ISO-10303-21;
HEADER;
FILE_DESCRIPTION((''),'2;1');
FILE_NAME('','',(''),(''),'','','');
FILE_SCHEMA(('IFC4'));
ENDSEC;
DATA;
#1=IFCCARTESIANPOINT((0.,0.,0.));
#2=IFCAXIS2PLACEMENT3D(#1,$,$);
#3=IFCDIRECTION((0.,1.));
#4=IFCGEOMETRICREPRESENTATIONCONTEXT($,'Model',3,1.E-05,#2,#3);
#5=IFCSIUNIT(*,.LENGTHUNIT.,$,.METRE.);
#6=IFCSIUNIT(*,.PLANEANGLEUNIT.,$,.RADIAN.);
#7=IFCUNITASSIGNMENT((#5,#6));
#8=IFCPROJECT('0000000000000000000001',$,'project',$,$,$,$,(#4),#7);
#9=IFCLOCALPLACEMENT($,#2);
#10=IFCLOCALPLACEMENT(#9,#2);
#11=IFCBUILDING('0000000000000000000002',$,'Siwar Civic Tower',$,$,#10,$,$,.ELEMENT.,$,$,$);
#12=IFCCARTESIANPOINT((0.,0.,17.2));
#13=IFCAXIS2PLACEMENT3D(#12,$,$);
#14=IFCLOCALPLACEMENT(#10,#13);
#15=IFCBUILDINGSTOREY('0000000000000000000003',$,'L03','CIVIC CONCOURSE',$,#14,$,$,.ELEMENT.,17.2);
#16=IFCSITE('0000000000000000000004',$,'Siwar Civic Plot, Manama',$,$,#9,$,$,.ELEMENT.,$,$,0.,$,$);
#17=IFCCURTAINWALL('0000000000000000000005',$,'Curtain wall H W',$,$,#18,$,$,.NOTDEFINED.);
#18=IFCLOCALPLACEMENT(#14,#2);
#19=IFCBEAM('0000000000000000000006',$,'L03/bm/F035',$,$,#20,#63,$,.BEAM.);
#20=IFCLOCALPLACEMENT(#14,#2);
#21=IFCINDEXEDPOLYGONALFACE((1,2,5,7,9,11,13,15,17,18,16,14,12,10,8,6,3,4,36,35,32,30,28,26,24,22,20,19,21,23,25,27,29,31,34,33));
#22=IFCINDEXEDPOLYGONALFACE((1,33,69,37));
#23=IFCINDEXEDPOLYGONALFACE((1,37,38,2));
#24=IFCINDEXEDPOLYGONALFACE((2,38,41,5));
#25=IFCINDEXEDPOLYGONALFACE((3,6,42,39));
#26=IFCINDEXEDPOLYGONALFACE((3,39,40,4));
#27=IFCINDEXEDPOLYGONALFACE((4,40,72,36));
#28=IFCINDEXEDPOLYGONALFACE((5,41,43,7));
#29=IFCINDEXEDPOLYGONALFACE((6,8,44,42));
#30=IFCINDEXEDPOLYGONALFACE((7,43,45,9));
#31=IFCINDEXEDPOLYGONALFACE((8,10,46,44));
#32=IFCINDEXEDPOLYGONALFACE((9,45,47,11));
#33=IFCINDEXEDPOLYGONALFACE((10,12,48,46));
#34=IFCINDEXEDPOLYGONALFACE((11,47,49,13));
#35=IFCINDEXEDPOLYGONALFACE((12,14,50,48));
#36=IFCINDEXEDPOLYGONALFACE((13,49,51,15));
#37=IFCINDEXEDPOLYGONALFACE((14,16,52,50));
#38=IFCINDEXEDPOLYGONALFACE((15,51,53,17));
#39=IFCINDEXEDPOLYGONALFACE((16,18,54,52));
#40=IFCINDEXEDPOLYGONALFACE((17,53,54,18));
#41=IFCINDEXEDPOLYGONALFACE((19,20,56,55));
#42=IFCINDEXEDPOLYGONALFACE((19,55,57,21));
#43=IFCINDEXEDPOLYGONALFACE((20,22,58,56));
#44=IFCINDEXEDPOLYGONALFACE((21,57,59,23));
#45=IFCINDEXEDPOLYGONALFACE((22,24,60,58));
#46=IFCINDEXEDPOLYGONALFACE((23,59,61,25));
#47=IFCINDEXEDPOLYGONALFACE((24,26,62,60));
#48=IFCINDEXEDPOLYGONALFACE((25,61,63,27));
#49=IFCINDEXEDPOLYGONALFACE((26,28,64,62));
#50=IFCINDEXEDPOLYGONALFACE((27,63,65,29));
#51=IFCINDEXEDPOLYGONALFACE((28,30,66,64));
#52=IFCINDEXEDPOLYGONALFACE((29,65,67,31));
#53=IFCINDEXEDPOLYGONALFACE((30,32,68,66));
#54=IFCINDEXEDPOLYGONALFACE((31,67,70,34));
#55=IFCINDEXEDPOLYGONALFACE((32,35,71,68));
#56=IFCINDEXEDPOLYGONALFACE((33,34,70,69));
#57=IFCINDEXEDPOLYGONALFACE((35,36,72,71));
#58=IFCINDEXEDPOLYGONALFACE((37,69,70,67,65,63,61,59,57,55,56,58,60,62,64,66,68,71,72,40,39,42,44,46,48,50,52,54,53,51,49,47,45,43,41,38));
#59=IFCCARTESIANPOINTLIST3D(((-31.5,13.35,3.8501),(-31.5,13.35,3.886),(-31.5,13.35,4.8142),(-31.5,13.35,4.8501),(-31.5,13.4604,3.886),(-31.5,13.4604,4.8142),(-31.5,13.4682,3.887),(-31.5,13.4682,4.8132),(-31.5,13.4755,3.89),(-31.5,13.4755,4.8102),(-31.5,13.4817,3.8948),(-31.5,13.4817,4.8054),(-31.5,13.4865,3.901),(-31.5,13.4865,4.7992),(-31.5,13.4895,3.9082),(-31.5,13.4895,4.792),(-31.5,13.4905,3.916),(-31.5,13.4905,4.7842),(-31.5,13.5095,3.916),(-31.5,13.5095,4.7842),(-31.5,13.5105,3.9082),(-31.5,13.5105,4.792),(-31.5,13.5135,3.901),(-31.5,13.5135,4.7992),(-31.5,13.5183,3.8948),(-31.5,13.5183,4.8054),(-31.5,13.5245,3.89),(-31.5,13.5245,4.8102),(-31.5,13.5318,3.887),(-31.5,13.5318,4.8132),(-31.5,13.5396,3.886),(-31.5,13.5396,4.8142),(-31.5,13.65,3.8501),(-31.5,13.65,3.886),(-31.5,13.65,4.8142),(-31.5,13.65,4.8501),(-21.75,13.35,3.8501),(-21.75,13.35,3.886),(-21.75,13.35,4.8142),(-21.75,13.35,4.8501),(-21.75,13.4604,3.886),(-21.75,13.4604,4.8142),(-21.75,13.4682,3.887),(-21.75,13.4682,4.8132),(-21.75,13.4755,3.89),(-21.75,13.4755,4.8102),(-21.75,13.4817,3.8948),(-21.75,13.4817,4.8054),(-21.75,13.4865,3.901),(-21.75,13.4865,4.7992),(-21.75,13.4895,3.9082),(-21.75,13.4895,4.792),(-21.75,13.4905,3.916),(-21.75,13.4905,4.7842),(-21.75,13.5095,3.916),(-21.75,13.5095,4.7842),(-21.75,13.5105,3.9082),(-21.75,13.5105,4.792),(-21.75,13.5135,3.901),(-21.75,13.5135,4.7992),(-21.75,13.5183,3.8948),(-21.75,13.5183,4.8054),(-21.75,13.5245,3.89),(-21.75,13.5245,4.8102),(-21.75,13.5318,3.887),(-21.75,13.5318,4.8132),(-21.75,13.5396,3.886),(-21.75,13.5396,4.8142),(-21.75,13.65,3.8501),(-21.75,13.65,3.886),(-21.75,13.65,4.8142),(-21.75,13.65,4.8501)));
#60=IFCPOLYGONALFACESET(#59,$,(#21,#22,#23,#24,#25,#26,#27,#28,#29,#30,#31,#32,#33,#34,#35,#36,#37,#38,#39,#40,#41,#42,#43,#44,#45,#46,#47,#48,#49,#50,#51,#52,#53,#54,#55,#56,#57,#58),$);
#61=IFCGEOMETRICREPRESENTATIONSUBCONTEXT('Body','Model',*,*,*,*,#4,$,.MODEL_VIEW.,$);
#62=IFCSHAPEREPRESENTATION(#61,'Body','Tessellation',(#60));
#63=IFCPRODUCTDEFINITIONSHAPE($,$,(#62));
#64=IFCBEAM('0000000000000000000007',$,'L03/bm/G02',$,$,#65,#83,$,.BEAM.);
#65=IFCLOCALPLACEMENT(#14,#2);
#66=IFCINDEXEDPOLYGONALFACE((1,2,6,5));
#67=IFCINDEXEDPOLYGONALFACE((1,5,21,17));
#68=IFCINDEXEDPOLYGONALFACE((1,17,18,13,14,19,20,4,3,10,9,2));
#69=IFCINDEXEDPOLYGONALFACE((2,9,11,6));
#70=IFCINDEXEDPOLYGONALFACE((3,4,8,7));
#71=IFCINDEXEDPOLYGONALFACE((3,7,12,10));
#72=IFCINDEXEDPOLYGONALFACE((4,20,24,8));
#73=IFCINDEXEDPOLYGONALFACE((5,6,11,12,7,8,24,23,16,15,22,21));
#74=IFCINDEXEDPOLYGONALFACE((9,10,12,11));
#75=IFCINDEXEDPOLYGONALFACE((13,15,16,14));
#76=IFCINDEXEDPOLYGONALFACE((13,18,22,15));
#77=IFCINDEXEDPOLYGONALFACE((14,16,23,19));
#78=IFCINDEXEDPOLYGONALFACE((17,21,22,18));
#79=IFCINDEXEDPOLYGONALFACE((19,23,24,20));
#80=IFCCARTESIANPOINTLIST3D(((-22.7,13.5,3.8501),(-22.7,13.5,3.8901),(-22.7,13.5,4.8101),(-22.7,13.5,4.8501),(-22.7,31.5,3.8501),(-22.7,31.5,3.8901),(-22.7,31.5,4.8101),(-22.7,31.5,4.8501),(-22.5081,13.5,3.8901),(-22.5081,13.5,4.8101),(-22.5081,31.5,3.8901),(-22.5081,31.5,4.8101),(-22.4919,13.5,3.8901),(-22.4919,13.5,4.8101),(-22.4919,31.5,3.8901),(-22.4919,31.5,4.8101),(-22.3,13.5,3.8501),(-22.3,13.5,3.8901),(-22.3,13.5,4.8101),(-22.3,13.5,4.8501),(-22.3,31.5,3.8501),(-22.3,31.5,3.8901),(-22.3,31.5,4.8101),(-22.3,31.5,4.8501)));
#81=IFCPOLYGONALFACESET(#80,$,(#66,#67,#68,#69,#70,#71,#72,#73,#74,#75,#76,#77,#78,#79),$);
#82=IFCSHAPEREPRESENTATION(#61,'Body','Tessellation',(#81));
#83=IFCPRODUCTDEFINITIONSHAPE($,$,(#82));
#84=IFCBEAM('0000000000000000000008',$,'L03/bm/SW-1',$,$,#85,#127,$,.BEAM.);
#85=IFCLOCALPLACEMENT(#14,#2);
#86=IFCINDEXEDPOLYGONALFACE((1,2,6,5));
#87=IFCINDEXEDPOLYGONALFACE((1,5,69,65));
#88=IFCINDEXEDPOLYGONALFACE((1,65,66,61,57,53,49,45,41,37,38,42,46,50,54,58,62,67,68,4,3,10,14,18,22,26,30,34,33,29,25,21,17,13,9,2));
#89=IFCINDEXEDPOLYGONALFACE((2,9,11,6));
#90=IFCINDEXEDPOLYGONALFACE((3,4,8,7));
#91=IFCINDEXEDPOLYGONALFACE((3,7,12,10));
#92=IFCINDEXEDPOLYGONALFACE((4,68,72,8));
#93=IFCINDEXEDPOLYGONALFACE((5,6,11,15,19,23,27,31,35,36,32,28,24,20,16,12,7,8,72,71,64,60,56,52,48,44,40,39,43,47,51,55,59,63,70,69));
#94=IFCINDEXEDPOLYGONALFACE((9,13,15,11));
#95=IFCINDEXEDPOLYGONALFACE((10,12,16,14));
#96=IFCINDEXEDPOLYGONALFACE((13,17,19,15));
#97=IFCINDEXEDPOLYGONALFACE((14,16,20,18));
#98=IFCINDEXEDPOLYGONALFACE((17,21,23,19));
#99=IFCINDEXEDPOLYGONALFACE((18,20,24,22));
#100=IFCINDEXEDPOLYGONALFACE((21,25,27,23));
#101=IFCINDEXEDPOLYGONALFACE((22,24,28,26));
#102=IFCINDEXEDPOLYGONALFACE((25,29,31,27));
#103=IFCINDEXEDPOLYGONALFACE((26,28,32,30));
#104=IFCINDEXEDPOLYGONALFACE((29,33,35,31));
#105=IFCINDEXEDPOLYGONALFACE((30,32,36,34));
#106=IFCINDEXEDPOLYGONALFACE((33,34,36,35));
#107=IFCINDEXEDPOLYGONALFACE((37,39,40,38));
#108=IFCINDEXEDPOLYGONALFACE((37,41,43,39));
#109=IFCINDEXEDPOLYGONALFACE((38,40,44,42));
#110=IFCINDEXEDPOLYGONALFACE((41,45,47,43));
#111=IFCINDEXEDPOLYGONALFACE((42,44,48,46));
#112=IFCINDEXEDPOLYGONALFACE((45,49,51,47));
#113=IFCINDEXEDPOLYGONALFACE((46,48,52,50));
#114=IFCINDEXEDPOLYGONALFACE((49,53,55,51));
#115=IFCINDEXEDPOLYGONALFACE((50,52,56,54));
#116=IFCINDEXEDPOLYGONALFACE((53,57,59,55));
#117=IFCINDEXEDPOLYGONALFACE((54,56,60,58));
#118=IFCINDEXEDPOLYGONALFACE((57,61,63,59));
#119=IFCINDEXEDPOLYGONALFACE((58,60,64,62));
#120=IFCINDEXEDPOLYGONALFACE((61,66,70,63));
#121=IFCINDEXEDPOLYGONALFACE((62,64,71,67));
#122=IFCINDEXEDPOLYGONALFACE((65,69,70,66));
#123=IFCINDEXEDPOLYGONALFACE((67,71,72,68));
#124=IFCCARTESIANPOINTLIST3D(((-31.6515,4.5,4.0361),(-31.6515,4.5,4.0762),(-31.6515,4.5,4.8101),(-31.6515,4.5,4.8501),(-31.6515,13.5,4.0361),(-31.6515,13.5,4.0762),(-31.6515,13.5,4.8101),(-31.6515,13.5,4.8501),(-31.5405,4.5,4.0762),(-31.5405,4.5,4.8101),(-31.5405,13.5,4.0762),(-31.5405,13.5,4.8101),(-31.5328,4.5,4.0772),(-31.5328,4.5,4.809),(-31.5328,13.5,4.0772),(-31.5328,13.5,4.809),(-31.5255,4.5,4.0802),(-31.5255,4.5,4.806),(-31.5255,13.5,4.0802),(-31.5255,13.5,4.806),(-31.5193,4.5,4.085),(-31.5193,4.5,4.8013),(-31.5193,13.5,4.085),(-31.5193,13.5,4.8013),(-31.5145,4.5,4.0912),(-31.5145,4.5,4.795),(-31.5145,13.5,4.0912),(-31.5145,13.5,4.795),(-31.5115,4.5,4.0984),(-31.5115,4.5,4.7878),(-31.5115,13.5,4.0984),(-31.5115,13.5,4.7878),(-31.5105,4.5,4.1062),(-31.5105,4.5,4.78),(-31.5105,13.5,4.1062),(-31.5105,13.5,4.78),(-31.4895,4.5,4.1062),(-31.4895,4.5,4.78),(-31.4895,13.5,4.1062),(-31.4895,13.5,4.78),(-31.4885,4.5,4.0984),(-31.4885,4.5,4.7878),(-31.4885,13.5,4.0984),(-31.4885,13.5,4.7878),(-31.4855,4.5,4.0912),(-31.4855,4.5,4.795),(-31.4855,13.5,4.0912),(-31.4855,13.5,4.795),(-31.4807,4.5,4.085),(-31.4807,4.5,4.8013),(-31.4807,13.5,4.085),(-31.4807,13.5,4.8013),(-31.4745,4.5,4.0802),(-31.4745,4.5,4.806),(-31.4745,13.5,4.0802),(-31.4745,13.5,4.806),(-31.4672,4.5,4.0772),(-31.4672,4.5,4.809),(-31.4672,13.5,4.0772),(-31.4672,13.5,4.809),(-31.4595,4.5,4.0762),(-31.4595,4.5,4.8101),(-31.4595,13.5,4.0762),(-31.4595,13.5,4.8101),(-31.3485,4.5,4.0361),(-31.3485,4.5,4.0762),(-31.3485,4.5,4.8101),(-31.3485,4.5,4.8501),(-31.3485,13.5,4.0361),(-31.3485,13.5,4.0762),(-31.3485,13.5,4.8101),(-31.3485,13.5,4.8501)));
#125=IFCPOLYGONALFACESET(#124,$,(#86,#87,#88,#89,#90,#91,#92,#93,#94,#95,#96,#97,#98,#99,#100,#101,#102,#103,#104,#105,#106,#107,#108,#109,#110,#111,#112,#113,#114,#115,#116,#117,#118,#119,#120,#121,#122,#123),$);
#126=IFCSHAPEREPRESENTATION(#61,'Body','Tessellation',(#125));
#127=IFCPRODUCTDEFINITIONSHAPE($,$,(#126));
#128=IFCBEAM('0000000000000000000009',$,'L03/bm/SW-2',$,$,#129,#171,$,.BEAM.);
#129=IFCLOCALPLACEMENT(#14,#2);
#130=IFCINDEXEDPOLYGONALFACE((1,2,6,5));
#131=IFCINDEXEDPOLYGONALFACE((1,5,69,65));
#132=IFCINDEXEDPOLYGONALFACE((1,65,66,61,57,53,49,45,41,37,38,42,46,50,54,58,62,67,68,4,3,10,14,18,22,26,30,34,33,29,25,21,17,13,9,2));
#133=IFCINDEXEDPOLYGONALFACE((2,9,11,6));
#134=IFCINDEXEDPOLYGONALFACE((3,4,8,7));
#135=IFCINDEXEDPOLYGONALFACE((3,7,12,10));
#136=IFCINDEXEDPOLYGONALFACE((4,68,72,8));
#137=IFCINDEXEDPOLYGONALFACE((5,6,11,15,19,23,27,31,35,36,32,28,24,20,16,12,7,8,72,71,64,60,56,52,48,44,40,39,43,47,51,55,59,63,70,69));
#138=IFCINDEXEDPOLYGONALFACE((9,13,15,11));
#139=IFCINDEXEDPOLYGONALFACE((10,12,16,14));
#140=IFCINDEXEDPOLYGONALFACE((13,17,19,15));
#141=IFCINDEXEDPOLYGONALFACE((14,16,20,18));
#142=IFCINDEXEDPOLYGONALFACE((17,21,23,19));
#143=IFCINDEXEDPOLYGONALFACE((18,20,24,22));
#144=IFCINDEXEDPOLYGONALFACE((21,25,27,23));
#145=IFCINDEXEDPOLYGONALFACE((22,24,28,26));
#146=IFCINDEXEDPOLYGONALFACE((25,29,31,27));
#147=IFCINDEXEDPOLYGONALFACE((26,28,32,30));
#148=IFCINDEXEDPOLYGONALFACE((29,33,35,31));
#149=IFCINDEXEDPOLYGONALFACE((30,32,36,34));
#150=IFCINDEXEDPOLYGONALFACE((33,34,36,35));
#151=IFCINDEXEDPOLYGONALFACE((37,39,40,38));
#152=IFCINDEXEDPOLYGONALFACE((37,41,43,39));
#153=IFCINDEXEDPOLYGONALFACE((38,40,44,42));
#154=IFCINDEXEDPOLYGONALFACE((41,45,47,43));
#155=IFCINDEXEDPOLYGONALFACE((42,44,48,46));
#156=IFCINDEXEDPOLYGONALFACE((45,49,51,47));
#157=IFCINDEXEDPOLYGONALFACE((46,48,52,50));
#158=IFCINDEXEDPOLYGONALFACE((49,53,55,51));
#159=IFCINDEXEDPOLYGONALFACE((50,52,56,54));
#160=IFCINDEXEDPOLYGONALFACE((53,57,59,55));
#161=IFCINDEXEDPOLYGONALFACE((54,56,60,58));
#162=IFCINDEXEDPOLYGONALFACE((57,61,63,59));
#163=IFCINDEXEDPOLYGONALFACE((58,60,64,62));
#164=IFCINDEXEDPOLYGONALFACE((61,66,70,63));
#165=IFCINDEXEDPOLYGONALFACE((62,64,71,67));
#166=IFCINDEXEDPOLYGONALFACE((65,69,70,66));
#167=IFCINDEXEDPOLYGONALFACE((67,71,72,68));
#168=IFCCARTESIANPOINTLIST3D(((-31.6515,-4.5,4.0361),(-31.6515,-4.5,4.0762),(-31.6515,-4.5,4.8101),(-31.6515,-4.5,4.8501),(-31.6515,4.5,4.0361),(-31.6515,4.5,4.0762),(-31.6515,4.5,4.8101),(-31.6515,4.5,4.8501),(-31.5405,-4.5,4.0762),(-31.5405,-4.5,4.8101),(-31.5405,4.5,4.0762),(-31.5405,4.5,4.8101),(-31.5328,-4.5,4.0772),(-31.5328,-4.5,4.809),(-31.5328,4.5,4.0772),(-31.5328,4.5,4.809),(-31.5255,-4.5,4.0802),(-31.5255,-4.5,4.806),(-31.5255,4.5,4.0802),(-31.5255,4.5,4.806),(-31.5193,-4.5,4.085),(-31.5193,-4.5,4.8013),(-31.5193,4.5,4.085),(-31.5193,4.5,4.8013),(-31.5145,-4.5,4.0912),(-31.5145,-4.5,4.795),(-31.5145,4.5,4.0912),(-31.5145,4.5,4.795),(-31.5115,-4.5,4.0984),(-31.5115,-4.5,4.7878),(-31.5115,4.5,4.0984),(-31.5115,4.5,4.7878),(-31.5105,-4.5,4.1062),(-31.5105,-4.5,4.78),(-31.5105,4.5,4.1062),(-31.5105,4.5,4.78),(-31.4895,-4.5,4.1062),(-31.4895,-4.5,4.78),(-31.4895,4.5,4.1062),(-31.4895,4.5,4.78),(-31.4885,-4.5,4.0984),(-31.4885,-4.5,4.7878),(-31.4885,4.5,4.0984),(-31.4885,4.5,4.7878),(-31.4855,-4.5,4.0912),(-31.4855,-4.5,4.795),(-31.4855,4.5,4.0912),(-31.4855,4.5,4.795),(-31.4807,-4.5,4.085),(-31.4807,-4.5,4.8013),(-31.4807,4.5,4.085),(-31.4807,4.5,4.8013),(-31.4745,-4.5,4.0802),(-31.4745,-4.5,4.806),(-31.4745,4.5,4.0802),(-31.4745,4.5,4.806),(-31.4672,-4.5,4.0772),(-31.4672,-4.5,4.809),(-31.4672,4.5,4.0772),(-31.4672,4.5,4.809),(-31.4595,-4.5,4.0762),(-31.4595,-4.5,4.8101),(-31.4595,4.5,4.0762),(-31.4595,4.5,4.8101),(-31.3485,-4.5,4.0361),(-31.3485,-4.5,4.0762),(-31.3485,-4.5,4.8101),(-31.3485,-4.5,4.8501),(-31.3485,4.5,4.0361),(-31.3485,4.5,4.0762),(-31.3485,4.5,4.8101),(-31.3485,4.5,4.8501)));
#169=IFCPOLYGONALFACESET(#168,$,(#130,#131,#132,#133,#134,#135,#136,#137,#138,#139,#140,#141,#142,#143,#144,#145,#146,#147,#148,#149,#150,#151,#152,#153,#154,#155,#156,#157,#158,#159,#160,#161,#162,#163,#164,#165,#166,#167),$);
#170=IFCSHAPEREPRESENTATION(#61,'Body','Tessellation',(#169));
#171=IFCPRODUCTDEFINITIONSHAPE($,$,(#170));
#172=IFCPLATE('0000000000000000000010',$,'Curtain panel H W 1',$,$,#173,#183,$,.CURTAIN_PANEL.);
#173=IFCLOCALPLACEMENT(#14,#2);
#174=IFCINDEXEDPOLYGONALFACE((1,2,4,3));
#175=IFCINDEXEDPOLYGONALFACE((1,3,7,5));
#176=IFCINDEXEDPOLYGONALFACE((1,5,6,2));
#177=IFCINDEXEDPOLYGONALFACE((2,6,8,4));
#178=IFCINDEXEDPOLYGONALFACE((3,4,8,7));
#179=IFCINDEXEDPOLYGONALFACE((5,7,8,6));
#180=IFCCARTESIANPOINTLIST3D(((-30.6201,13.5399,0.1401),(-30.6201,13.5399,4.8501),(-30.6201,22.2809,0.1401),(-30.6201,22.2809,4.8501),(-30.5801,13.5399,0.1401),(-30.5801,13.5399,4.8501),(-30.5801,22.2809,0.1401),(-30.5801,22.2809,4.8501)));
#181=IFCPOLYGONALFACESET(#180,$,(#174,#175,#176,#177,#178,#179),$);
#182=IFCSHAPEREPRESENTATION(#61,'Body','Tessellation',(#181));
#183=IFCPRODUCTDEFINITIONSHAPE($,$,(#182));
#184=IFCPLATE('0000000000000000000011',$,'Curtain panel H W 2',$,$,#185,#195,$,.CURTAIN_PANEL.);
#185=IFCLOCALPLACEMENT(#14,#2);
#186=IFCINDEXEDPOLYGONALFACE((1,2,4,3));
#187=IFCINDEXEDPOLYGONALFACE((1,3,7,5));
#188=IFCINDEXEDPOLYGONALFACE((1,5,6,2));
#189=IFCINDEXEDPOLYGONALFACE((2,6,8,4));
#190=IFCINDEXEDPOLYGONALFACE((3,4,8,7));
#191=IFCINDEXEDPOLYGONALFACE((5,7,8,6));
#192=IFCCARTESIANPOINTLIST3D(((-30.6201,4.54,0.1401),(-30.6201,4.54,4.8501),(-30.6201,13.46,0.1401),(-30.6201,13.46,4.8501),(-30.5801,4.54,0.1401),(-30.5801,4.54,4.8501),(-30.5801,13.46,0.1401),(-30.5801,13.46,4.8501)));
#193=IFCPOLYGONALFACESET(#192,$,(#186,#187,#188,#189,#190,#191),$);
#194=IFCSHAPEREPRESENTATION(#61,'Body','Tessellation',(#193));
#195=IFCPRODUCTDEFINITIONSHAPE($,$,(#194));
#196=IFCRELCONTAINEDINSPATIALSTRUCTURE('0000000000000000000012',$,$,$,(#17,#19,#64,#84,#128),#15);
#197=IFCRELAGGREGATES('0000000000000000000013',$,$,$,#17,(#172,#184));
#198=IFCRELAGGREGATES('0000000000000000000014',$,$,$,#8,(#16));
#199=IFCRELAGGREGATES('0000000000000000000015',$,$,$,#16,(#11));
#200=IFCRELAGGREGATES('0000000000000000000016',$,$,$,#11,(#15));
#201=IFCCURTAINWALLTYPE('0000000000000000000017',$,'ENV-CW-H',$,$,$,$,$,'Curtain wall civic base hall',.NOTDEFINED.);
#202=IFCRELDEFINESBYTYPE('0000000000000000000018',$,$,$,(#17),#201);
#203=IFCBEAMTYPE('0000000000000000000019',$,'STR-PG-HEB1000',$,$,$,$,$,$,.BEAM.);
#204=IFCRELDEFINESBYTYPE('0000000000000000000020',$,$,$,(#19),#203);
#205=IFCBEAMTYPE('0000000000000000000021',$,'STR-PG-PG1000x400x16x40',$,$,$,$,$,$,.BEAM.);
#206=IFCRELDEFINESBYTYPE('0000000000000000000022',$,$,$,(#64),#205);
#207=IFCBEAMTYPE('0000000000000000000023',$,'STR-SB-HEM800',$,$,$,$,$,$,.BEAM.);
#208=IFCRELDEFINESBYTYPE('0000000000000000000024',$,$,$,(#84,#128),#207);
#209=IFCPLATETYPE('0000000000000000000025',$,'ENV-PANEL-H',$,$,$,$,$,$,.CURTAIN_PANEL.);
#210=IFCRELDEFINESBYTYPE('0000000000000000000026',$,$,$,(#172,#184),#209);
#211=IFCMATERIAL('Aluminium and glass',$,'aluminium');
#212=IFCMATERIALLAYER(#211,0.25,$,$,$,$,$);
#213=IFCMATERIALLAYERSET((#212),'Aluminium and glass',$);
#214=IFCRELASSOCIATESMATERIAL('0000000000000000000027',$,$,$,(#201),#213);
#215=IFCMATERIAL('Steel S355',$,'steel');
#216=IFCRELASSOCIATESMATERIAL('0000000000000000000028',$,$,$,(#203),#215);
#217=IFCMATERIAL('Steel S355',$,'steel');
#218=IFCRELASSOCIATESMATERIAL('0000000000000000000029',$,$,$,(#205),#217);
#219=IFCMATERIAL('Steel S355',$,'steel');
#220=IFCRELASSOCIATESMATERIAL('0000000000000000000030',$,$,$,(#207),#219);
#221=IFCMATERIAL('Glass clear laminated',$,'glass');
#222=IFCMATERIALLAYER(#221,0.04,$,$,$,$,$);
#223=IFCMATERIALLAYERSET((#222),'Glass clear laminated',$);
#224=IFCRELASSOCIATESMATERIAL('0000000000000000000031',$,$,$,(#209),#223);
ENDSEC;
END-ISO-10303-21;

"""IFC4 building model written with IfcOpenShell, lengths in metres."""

from ifc_helpers import new_model, si_unit, direction, frame, origin, origin_2d, place, context, subcontext, project, spatial, rectangle, i_section, extrude, material, layer, layer_set, material_profile, profile_set, type_object, element, aggregate, save


model = new_model("IFC4")

# Units and contexts
model_context = context("Model", 3, precision=1e-05, world=origin(), true_north=direction((0.0, 1.0)))
body_context = subcontext(model_context, "Body", "Model", "MODEL_VIEW")
ifc_project = project(units=[si_unit("LENGTHUNIT", "METRE"), si_unit("PLANEANGLEUNIT", "RADIAN")], contexts=[model_context])

# Site, building, storey
site_placement = place(None, origin())
site = spatial("IfcSite", under=ifc_project, at=site_placement, Name="Siwar Civic Plot, Manama", CompositionType="ELEMENT", RefElevation=0.0)
building_placement = place(site_placement, origin())
building = spatial("IfcBuilding", under=site, at=building_placement, Name="Siwar Civic Tower", CompositionType="ELEMENT")
storey_placement = place(building_placement, frame((0.0, 0.0, 17.2)))
storey = spatial("IfcBuildingStorey", under=building, at=storey_placement, Name="L03", Description="CIVIC CONCOURSE", CompositionType="ELEMENT", Elevation=17.2)

# Curtain wall
ifc_material_1 = material(Name="Aluminium and glass", Category="aluminium")
ifc_layer_1 = layer(ifc_material_1, 0.25)
ifc_layer_set_1 = layer_set([ifc_layer_1], Name="Aluminium and glass")
curtain_wall_type = type_object("IfcCurtainWallType", Name="ENV-CW-H", ElementType="Curtain wall civic base hall", PredefinedType="NOTDEFINED", material=ifc_layer_set_1)
curtain_wall_placement = place(storey_placement, origin())
curtain_wall = element("IfcCurtainWall", 1, at=curtain_wall_placement, inside=storey, type_object=curtain_wall_type, Name="Curtain wall H W", PredefinedType="NOTDEFINED")

# Beams
ifc_material_2 = material(Name="Steel S355", Category="steel")
ifc_material_profile_1 = material_profile(ifc_material_2, i_section(OverallWidth=0.3, OverallDepth=1.0, WebThickness=0.019, FlangeThickness=0.0359, FilletRadius=0.03, at=origin_2d()), Name="HEB1000")
ifc_profile_set_1 = profile_set([ifc_material_profile_1], Name="Steel S355")
beam_type_1 = type_object("IfcBeamType", Name="STR-PG-HEB1000", PredefinedType="BEAM", material=ifc_profile_set_1)
beam_1_placement = place(storey_placement, frame((-31.5, 13.5, 4.3501), z_axis=(1.0, 0.0, 0.0), x_axis=(0.0, 1.0, 0.0)))
element("IfcBeam", 2, at=beam_1_placement, inside=storey, type_object=beam_type_1, Name="L03/bm/F035", PredefinedType="BEAM", context=body_context, shape_type="SweptSolid", body=[
    extrude(i_section(OverallWidth=0.3, OverallDepth=1.0, WebThickness=0.019, FlangeThickness=0.0359, FilletRadius=0.03, at=origin_2d()), origin(), (0.0, 0.0, 1.0), 9.75),
])
ifc_material_3 = material(Name="Steel S355", Category="steel")
ifc_material_profile_2 = material_profile(ifc_material_3, i_section(OverallWidth=0.3999, OverallDepth=1.0, WebThickness=0.0161, FlangeThickness=0.04, at=origin_2d()), Name="PG1000x400x16x40")
ifc_profile_set_2 = profile_set([ifc_material_profile_2], Name="Steel S355")
beam_type_2 = type_object("IfcBeamType", Name="STR-PG-PG1000x400x16x40", PredefinedType="BEAM", material=ifc_profile_set_2)
beam_2_placement = place(storey_placement, frame((-22.5, 13.5, 4.3501), z_axis=(0.0, 1.0, 0.0), x_axis=(-1.0, 0.0, 0.0)))
element("IfcBeam", 3, at=beam_2_placement, inside=storey, type_object=beam_type_2, Name="L03/bm/G02", PredefinedType="BEAM", context=body_context, shape_type="SweptSolid", body=[
    extrude(i_section(OverallWidth=0.3999, OverallDepth=1.0, WebThickness=0.0161, FlangeThickness=0.04, at=origin_2d()), origin(), (0.0, 0.0, 1.0), 18.0),
])
ifc_material_4 = material(Name="Steel S355", Category="steel")
ifc_material_profile_3 = material_profile(ifc_material_4, i_section(OverallWidth=0.303, OverallDepth=0.814, WebThickness=0.021, FlangeThickness=0.04, FilletRadius=0.03, at=origin_2d()), Name="HEM800")
ifc_profile_set_3 = profile_set([ifc_material_profile_3], Name="Steel S355")
beam_type_3 = type_object("IfcBeamType", Name="STR-SB-HEM800", PredefinedType="BEAM", material=ifc_profile_set_3)
for number, where, z_axis, x_axis, name in (
    (4, (-31.5, 13.5, 4.4431), (0.0, -1.0, 0.0), (1.0, 0.0, 0.0), "L03/bm/SW-1"),
    (5, (-31.5, 4.5, 4.4431), (0.0, -1.0, 0.0), (1.0, 0.0, 0.0), "L03/bm/SW-2"),
):
    element("IfcBeam", number, at=place(storey_placement, frame(where, z_axis=z_axis, x_axis=x_axis)), inside=storey, type_object=beam_type_3, Name=name, PredefinedType="BEAM", context=body_context, shape_type="SweptSolid", body=[
        extrude(i_section(OverallWidth=0.303, OverallDepth=0.814, WebThickness=0.021, FlangeThickness=0.04, FilletRadius=0.03, at=origin_2d()), origin(), (0.0, 0.0, 1.0), 9.0),
    ])

# Plates
ifc_material_5 = material(Name="Glass clear laminated", Category="glass")
ifc_layer_2 = layer(ifc_material_5, 0.04)
ifc_layer_set_2 = layer_set([ifc_layer_2], Name="Glass clear laminated")
plate_type = type_object("IfcPlateType", Name="ENV-PANEL-H", PredefinedType="CURTAIN_PANEL", material=ifc_layer_set_2)
plate_1_placement = place(storey_placement, frame((-30.6001, 17.9104, 0.1401), z_axis=(0.0, 0.0, 1.0), x_axis=(0.0, -1.0, 0.0)))
plate_1 = element("IfcPlate", 6, at=plate_1_placement, type_object=plate_type, Name="Curtain panel H W 1", PredefinedType="CURTAIN_PANEL", context=body_context, shape_type="SweptSolid", body=[
    extrude(rectangle(XDim=8.741, YDim=0.04, at=origin_2d()), origin(), (0.0, 0.0, 1.0), 4.71),
])
plate_2_placement = place(storey_placement, frame((-30.6001, 9.0, 0.1401), z_axis=(0.0, 0.0, 1.0), x_axis=(0.0, -1.0, 0.0)))
plate_2 = element("IfcPlate", 7, at=plate_2_placement, type_object=plate_type, Name="Curtain panel H W 2", PredefinedType="CURTAIN_PANEL", context=body_context, shape_type="SweptSolid", body=[
    extrude(rectangle(XDim=8.9199, YDim=0.04, at=origin_2d()), origin(), (0.0, 0.0, 1.0), 4.71),
])
aggregate(curtain_wall, [plate_1, plate_2])

save(model, "model.ifc")
